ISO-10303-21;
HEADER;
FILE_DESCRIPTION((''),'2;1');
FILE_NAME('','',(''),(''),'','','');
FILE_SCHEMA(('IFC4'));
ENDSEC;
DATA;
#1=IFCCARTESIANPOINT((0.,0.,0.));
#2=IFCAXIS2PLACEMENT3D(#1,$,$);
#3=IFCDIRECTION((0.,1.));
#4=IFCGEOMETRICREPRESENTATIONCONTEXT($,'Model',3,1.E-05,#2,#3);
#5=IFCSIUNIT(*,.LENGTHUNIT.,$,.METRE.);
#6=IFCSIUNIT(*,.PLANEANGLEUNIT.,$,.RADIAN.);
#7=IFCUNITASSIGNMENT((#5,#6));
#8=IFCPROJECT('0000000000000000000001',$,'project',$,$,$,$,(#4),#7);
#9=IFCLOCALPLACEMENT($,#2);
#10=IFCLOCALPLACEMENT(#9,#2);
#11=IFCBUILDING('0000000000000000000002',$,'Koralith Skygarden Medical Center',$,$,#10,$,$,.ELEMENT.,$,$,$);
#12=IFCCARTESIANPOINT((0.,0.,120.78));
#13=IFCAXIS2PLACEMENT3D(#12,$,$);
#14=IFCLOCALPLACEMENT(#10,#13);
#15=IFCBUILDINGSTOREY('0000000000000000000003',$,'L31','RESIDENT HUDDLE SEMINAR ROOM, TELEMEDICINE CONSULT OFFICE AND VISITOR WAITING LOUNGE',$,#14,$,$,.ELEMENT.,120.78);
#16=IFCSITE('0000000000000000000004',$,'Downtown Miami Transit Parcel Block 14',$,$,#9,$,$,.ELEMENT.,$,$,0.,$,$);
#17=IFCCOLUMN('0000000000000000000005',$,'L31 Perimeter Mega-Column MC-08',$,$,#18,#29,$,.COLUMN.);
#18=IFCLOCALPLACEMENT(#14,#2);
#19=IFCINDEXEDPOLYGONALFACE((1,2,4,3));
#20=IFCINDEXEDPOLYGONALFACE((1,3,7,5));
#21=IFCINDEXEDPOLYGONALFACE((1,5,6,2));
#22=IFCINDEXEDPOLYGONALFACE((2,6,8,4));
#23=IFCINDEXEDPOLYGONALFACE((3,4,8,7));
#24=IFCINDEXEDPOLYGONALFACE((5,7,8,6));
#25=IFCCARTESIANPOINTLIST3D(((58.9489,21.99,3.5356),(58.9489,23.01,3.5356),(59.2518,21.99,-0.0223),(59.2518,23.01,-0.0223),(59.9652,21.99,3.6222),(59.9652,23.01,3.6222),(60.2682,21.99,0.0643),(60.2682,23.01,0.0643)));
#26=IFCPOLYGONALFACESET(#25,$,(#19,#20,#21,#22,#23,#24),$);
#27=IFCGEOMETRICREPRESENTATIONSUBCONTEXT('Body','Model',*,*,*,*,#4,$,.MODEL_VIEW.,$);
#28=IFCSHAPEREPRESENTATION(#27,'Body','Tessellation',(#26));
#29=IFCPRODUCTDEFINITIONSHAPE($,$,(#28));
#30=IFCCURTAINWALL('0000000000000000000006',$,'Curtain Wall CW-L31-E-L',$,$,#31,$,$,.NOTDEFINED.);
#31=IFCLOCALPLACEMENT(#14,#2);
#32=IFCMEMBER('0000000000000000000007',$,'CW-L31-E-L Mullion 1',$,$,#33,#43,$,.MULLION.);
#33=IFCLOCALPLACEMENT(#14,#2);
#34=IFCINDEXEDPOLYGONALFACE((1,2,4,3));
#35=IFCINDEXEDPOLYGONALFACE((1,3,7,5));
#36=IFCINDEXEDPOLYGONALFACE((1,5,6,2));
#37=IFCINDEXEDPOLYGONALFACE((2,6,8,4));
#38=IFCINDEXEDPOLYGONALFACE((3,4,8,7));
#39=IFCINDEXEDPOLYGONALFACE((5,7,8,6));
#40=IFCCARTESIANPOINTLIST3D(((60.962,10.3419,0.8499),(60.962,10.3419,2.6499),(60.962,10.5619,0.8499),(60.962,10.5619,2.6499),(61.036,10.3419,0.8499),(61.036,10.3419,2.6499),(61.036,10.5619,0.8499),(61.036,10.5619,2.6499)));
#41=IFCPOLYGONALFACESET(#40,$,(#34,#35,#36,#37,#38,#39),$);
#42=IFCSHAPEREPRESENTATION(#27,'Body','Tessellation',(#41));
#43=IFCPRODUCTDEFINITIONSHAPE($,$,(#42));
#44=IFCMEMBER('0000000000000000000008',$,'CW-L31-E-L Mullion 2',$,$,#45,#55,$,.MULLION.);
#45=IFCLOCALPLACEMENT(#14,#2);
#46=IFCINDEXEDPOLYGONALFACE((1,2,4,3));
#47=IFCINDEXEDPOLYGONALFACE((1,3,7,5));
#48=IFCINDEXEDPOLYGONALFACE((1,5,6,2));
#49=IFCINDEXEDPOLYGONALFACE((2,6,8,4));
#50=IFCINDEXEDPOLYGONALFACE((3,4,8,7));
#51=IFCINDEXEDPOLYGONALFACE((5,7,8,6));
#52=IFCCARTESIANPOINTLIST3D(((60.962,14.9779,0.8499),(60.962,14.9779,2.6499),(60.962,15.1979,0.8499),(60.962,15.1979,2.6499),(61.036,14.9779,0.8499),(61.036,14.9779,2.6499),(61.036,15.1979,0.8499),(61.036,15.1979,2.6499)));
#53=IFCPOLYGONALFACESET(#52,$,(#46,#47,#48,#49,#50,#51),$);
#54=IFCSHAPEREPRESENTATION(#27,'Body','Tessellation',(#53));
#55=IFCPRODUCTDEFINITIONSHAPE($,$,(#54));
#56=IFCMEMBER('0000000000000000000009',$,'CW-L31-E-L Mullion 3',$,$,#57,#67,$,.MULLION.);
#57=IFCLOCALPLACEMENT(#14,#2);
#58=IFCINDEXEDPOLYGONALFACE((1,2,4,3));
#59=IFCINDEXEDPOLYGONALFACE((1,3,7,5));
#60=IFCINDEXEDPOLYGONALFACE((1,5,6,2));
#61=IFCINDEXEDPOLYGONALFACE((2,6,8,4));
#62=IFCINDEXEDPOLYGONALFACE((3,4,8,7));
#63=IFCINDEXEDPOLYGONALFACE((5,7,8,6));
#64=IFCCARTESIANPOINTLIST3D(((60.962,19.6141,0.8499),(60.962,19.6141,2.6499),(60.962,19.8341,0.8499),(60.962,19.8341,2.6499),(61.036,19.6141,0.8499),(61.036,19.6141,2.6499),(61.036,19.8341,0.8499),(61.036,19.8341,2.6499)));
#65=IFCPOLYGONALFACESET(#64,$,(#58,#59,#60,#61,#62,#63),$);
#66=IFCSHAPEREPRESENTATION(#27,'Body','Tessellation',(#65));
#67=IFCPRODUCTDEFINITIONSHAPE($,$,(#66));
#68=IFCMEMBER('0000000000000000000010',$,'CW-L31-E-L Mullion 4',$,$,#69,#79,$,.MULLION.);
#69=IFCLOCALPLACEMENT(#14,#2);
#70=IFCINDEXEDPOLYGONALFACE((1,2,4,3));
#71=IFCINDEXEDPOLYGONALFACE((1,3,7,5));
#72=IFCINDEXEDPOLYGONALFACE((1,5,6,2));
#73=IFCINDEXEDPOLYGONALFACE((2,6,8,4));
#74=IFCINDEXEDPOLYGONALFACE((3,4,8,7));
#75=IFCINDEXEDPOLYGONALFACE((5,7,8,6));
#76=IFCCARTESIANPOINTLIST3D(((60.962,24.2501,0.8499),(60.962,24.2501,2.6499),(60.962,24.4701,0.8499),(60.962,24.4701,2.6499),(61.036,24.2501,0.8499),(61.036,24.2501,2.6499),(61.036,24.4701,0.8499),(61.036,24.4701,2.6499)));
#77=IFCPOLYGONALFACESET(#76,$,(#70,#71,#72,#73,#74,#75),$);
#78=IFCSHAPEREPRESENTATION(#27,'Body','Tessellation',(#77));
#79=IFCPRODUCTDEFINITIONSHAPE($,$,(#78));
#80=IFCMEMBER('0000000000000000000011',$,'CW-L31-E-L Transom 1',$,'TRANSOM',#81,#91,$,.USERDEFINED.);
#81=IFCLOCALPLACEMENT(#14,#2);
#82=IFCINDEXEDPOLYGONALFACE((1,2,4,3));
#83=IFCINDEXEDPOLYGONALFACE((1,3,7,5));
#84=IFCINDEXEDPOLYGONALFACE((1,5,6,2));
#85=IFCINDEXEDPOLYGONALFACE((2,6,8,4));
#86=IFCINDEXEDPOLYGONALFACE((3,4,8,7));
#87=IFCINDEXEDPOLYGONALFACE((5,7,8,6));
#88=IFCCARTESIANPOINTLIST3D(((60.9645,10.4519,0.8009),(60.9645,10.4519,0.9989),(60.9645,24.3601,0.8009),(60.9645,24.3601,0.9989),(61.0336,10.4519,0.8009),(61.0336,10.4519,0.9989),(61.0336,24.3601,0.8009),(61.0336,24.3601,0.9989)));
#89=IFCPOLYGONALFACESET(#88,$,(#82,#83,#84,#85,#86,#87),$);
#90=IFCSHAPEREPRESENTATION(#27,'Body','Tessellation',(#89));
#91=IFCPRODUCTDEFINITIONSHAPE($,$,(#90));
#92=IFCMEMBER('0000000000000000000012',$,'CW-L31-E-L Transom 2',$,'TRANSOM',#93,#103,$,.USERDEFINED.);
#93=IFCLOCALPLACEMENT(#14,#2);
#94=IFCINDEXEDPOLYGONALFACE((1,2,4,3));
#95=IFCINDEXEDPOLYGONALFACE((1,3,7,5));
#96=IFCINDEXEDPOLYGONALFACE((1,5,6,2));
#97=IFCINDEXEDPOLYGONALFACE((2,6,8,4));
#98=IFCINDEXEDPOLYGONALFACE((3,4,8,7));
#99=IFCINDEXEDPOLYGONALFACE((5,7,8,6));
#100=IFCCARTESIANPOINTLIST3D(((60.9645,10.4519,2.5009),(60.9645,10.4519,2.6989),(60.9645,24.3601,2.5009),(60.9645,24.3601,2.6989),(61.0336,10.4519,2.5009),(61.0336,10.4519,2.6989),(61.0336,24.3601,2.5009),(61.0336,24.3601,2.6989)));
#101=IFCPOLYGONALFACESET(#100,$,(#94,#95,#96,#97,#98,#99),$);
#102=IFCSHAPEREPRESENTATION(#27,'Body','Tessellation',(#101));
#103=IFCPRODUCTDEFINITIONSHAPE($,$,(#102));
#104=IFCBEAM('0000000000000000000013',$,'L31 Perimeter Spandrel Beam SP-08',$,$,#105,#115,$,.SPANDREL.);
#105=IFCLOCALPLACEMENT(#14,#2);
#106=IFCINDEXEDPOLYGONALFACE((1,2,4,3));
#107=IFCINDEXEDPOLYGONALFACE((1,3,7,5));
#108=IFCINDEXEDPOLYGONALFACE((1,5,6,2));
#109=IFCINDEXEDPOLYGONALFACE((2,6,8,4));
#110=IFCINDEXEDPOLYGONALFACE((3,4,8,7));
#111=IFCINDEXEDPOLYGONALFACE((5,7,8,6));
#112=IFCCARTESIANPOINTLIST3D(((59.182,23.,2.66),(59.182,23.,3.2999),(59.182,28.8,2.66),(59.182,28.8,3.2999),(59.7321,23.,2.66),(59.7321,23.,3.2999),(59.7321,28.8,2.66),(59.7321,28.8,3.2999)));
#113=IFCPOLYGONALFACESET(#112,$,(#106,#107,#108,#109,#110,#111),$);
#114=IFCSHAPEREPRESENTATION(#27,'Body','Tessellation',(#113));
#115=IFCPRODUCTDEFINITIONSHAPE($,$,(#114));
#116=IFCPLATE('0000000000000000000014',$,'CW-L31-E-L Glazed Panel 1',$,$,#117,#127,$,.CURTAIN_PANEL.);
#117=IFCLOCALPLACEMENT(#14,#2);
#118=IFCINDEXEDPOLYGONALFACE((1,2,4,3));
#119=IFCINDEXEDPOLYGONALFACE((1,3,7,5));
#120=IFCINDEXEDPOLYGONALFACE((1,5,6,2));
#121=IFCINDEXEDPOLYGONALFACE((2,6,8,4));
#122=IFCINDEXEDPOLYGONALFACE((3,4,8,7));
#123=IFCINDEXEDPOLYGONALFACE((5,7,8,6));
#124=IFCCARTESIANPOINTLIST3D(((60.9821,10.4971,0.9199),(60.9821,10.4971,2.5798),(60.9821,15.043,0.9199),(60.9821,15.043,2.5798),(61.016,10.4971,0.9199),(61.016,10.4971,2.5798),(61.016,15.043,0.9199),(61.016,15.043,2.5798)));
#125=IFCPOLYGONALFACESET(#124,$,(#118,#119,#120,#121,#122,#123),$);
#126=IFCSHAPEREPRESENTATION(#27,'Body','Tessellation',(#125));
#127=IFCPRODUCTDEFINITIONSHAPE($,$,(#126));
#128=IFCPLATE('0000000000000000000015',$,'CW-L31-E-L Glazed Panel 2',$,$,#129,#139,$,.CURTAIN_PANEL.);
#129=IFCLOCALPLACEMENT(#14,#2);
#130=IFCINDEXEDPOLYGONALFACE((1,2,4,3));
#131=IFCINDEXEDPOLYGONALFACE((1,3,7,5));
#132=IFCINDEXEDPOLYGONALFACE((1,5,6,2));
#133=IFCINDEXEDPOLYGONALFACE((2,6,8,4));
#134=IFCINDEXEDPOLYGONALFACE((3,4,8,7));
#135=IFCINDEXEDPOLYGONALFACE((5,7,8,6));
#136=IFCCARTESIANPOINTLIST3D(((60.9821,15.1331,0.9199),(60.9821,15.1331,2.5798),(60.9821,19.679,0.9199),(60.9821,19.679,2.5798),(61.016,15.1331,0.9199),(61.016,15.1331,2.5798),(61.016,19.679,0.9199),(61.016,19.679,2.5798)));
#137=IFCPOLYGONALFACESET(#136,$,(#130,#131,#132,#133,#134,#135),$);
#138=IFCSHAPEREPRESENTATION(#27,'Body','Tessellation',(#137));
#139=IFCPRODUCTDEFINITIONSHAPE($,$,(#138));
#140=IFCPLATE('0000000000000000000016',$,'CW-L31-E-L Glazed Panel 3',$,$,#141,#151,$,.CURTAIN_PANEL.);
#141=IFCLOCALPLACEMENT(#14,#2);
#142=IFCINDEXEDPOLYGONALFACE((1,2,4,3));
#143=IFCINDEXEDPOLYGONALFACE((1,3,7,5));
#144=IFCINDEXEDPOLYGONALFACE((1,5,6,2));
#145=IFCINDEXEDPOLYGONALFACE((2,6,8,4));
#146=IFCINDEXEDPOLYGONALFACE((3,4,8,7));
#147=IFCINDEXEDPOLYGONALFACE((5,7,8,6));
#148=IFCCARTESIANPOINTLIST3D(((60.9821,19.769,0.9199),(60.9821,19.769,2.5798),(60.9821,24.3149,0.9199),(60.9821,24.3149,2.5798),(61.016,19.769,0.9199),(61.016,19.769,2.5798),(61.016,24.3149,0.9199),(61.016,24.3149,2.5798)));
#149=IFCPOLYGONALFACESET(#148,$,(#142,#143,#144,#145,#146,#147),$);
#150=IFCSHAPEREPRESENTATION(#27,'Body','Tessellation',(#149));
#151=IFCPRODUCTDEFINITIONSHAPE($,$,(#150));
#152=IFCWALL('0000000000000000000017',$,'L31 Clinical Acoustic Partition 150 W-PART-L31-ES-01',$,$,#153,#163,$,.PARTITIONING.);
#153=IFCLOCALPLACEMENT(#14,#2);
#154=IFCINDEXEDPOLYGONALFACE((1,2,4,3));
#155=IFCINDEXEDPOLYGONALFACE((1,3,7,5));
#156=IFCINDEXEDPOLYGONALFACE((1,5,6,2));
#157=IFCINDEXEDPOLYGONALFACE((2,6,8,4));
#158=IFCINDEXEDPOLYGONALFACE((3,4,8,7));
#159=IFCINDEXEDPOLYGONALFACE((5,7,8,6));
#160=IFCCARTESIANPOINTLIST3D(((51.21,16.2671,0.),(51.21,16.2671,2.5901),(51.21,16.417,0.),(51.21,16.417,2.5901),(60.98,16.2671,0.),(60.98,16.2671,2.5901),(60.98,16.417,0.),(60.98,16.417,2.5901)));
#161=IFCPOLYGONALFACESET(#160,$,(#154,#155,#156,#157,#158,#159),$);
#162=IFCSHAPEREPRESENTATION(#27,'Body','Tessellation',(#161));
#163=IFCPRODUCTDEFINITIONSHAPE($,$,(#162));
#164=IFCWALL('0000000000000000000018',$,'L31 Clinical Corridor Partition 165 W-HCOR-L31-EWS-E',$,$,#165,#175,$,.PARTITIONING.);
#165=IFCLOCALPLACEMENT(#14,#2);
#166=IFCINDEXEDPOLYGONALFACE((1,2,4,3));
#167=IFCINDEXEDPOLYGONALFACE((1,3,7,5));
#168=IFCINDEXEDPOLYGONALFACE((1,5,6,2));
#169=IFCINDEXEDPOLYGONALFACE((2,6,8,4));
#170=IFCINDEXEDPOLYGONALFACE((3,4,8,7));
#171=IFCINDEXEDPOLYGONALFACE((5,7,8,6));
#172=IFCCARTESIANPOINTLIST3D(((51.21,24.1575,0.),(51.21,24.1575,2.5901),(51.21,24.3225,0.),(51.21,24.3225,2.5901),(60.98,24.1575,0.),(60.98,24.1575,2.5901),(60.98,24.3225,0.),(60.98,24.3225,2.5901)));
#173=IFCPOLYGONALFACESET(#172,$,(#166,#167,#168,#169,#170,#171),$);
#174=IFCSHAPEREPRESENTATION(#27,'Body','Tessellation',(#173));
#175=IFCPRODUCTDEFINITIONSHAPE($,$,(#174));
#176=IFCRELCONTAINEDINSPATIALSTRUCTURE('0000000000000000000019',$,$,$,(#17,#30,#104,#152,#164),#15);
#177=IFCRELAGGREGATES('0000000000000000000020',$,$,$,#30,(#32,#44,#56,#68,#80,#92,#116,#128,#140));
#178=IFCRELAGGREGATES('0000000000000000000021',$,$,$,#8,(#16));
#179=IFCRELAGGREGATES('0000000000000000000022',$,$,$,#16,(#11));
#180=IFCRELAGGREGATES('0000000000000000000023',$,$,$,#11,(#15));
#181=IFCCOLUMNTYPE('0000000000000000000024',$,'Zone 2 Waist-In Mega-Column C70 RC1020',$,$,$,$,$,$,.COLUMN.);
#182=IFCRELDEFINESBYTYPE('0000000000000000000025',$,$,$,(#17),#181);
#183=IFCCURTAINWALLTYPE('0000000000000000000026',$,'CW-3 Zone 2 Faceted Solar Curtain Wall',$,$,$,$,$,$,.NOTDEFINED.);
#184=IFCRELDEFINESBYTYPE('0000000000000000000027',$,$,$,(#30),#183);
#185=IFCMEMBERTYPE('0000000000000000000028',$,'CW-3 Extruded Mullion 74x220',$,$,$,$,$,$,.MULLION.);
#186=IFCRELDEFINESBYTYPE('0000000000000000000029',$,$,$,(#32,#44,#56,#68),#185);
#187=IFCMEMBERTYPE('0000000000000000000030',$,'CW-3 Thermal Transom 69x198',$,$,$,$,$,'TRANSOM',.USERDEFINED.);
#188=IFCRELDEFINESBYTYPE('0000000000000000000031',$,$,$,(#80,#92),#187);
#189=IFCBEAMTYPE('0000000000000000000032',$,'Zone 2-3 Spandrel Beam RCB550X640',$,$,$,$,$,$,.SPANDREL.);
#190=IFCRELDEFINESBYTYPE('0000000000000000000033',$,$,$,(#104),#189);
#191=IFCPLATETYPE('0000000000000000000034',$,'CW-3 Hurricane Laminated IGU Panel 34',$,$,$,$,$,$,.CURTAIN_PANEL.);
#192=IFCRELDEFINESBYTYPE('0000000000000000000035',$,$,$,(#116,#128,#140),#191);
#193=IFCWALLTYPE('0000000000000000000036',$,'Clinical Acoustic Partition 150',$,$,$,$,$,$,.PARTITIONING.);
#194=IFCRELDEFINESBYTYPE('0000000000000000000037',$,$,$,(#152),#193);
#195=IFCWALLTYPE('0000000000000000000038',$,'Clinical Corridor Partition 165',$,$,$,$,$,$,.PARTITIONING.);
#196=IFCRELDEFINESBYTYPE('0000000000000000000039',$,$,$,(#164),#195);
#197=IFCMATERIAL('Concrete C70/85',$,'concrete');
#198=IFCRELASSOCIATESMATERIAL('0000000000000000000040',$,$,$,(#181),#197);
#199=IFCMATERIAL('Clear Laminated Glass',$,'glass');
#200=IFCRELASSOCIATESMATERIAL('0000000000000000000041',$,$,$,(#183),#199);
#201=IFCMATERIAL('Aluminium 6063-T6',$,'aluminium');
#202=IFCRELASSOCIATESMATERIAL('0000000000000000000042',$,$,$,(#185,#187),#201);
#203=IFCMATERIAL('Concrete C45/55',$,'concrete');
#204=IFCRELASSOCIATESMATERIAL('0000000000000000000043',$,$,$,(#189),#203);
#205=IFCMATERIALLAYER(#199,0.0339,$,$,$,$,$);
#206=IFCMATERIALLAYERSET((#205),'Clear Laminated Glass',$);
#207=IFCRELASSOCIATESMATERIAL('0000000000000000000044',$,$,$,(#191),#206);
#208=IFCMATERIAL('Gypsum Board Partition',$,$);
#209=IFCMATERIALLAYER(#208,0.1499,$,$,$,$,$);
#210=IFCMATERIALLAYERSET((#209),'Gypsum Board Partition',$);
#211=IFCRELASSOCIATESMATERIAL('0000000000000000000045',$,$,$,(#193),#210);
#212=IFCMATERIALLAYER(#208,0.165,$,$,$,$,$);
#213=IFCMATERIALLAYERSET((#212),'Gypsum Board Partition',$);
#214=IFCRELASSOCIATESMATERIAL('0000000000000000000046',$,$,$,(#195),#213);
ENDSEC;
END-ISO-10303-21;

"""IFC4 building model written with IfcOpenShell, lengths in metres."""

from ifc_helpers import new_model, si_unit, direction, frame, frame_2d, origin, origin_2d, place, context, subcontext, project, spatial, rectangle, extrude, material, layer, layer_set, material_profile, profile_set, type_object, element, aggregate, save


model = new_model("IFC4")

# Units and contexts
model_context = context("Model", 3, precision=1e-05, world=origin(), true_north=direction((0.0, 1.0)))
body_context = subcontext(model_context, "Body", "Model", "MODEL_VIEW")
ifc_project = project(units=[si_unit("LENGTHUNIT", "METRE"), si_unit("PLANEANGLEUNIT", "RADIAN")], contexts=[model_context])

# Site, building, storey
site_placement = place(None, origin())
site = spatial("IfcSite", under=ifc_project, at=site_placement, Name="Downtown Miami Transit Parcel Block 14", CompositionType="ELEMENT", RefElevation=0.0)
building_placement = place(site_placement, origin())
building = spatial("IfcBuilding", under=site, at=building_placement, Name="Koralith Skygarden Medical Center", CompositionType="ELEMENT")
storey_placement = place(building_placement, frame((0.0, 0.0, 120.78)))
storey = spatial("IfcBuildingStorey", under=building, at=storey_placement, Name="L31", Description="RESIDENT HUDDLE SEMINAR ROOM, TELEMEDICINE CONSULT OFFICE AND VISITOR WAITING LOUNGE", CompositionType="ELEMENT", Elevation=120.78)

# Column
ifc_material_1 = material(Name="Concrete C70/85", Category="concrete")
ifc_material_profile_1 = material_profile(ifc_material_1, rectangle(XDim=1.02, YDim=1.02, at=origin_2d()), Name="RC1020X1020")
ifc_profile_set_1 = profile_set([ifc_material_profile_1], Name="Concrete C70/85")
column_type = type_object("IfcColumnType", Name="Zone 2 Waist-In Mega-Column C70 RC1020", PredefinedType="COLUMN", material=ifc_profile_set_1)
column_placement = place(storey_placement, frame((59.76, 22.5, 0.021), z_axis=(-0.08485, 0.0, 0.996394), x_axis=(0.0, -1.0, 0.0)))
element("IfcColumn", 1, at=column_placement, inside=storey, type_object=column_type, Name="L31 Perimeter Mega-Column MC-08", PredefinedType="COLUMN", context=body_context, shape_type="SweptSolid", body=[
    extrude(rectangle(XDim=1.02, YDim=1.02, at=origin_2d()), origin(), (0.0, 0.0, 1.0), 3.5708),
])

# Curtain wall, members
ifc_material_2 = material(Name="Clear Laminated Glass", Category="glass")
curtain_wall_type = type_object("IfcCurtainWallType", Name="CW-3 Zone 2 Faceted Solar Curtain Wall", PredefinedType="NOTDEFINED", material=ifc_material_2)
curtain_wall_placement = place(storey_placement, origin())
curtain_wall = element("IfcCurtainWall", 2, at=curtain_wall_placement, inside=storey, type_object=curtain_wall_type, Name="Curtain Wall CW-L31-E-L", PredefinedType="NOTDEFINED")
ifc_material_3 = material(Name="Aluminium 6063-T6", Category="aluminium")
ifc_material_profile_2 = material_profile(ifc_material_3, rectangle(XDim=0.074, YDim=0.22, at=origin_2d()), Name="MUL74X220")
ifc_profile_set_2 = profile_set([ifc_material_profile_2], Name="Aluminium 6063-T6")
member_type_1 = type_object("IfcMemberType", Name="CW-3 Extruded Mullion 74x220", PredefinedType="MULLION", material=ifc_profile_set_2)
member_1_placement = place(storey_placement, frame((60.999, 10.4519, 0.8499), z_axis=(0.0, 0.0, 1.0), x_axis=(1.0, 0.0, 0.0)))
member_1 = element("IfcMember", 3, at=member_1_placement, type_object=member_type_1, Name="CW-L31-E-L Mullion 1", PredefinedType="MULLION", context=body_context, shape_type="SweptSolid", body=[
    extrude(rectangle(XDim=0.074, YDim=0.22, at=origin_2d()), origin(), (0.0, 0.0, 1.0), 1.8),
])
member_2_placement = place(storey_placement, frame((60.999, 15.0879, 0.8499), z_axis=(0.0, 0.0, 1.0), x_axis=(1.0, 0.0, 0.0)))
member_2 = element("IfcMember", 4, at=member_2_placement, type_object=member_type_1, Name="CW-L31-E-L Mullion 2", PredefinedType="MULLION", context=body_context, shape_type="SweptSolid", body=[
    extrude(rectangle(XDim=0.074, YDim=0.22, at=origin_2d()), origin(), (0.0, 0.0, 1.0), 1.8),
])
member_3_placement = place(storey_placement, frame((60.999, 19.7241, 0.8499), z_axis=(0.0, 0.0, 1.0), x_axis=(1.0, 0.0, 0.0)))
member_3 = element("IfcMember", 5, at=member_3_placement, type_object=member_type_1, Name="CW-L31-E-L Mullion 3", PredefinedType="MULLION", context=body_context, shape_type="SweptSolid", body=[
    extrude(rectangle(XDim=0.074, YDim=0.22, at=origin_2d()), origin(), (0.0, 0.0, 1.0), 1.8),
])
member_4_placement = place(storey_placement, frame((60.999, 24.3601, 0.8499), z_axis=(0.0, 0.0, 1.0), x_axis=(1.0, 0.0, 0.0)))
member_4 = element("IfcMember", 6, at=member_4_placement, type_object=member_type_1, Name="CW-L31-E-L Mullion 4", PredefinedType="MULLION", context=body_context, shape_type="SweptSolid", body=[
    extrude(rectangle(XDim=0.074, YDim=0.22, at=origin_2d()), origin(), (0.0, 0.0, 1.0), 1.8),
])
ifc_material_profile_3 = material_profile(ifc_material_3, rectangle(XDim=0.0691, YDim=0.198, at=origin_2d()), Name="TRN69X198")
ifc_profile_set_3 = profile_set([ifc_material_profile_3], Name="Aluminium 6063-T6")
member_type_2 = type_object("IfcMemberType", Name="CW-3 Thermal Transom 69x198", ElementType="TRANSOM", PredefinedType="USERDEFINED", material=ifc_profile_set_3)
member_5_placement = place(storey_placement, frame((60.999, 10.4519, 0.8999), z_axis=(0.0, 1.0, 0.0), x_axis=(-1.0, 0.0, 0.0)))
member_5 = element("IfcMember", 7, at=member_5_placement, type_object=member_type_2, Name="CW-L31-E-L Transom 1", ObjectType="TRANSOM", PredefinedType="USERDEFINED", context=body_context, shape_type="SweptSolid", body=[
    extrude(rectangle(XDim=0.0691, YDim=0.198, at=origin_2d()), origin(), (0.0, 0.0, 1.0), 13.9082),
])
member_6_placement = place(storey_placement, frame((60.999, 10.4519, 2.5999), z_axis=(0.0, 1.0, 0.0), x_axis=(-1.0, 0.0, 0.0)))
member_6 = element("IfcMember", 8, at=member_6_placement, type_object=member_type_2, Name="CW-L31-E-L Transom 2", ObjectType="TRANSOM", PredefinedType="USERDEFINED", context=body_context, shape_type="SweptSolid", body=[
    extrude(rectangle(XDim=0.0691, YDim=0.198, at=origin_2d()), origin(), (0.0, 0.0, 1.0), 13.9082),
])

# Beam
ifc_material_4 = material(Name="Concrete C45/55", Category="concrete")
ifc_material_profile_4 = material_profile(ifc_material_4, rectangle(XDim=0.55, YDim=0.6399, at=origin_2d()), Name="RCB550X640")
ifc_profile_set_4 = profile_set([ifc_material_profile_4], Name="Concrete C45/55")
beam_type = type_object("IfcBeamType", Name="Zone 2-3 Spandrel Beam RCB550X640", PredefinedType="SPANDREL", material=ifc_profile_set_4)
beam_placement = place(storey_placement, frame((59.457, 23.0, 2.98), z_axis=(0.0, 1.0, 0.0), x_axis=(-1.0, 0.0, 0.0)))
element("IfcBeam", 9, at=beam_placement, inside=storey, type_object=beam_type, Name="L31 Perimeter Spandrel Beam SP-08", PredefinedType="SPANDREL", context=body_context, shape_type="SweptSolid", body=[
    extrude(rectangle(XDim=0.55, YDim=0.6399, at=origin_2d()), origin(), (0.0, 0.0, 1.0), 5.8),
])

# Plates
ifc_layer_1 = layer(ifc_material_2, 0.0339)
ifc_layer_set_1 = layer_set([ifc_layer_1], Name="Clear Laminated Glass")
plate_type = type_object("IfcPlateType", Name="CW-3 Hurricane Laminated IGU Panel 34", PredefinedType="CURTAIN_PANEL", material=ifc_layer_set_1)
plate_1_placement = place(storey_placement, frame((60.999, 12.77, 0.9199), z_axis=(0.0, 0.0, 1.0), x_axis=(0.0, 1.0, 0.0)))
plate_1 = element("IfcPlate", 10, at=plate_1_placement, type_object=plate_type, Name="CW-L31-E-L Glazed Panel 1", PredefinedType="CURTAIN_PANEL", context=body_context, shape_type="SweptSolid", body=[
    extrude(rectangle(XDim=4.5459, YDim=0.0339, at=origin_2d()), origin(), (0.0, 0.0, 1.0), 1.6599),
])
plate_2_placement = place(storey_placement, frame((60.999, 17.406, 0.9199), z_axis=(0.0, 0.0, 1.0), x_axis=(0.0, 1.0, 0.0)))
plate_2 = element("IfcPlate", 11, at=plate_2_placement, type_object=plate_type, Name="CW-L31-E-L Glazed Panel 2", PredefinedType="CURTAIN_PANEL", context=body_context, shape_type="SweptSolid", body=[
    extrude(rectangle(XDim=4.5459, YDim=0.0339, at=origin_2d()), origin(), (0.0, 0.0, 1.0), 1.6599),
])
plate_3_placement = place(storey_placement, frame((60.999, 22.042, 0.9199), z_axis=(0.0, 0.0, 1.0), x_axis=(0.0, 1.0, 0.0)))
plate_3 = element("IfcPlate", 12, at=plate_3_placement, type_object=plate_type, Name="CW-L31-E-L Glazed Panel 3", PredefinedType="CURTAIN_PANEL", context=body_context, shape_type="SweptSolid", body=[
    extrude(rectangle(XDim=4.5459, YDim=0.0339, at=origin_2d()), origin(), (0.0, 0.0, 1.0), 1.6599),
])
aggregate(curtain_wall, [member_1, member_2, member_3, member_4, member_5, member_6, plate_1, plate_2, plate_3])

# Walls
ifc_material_5 = material(Name="Gypsum Board Partition")
ifc_layer_2 = layer(ifc_material_5, 0.1499)
ifc_layer_set_2 = layer_set([ifc_layer_2], Name="Gypsum Board Partition")
wall_type_1 = type_object("IfcWallType", Name="Clinical Acoustic Partition 150", PredefinedType="PARTITIONING", material=ifc_layer_set_2)
wall_1_placement = place(storey_placement, frame((51.21, 16.342, 0.0), z_axis=(0.0, 0.0, 1.0), x_axis=(1.0, 0.0, 0.0)))
element("IfcWall", 13, at=wall_1_placement, inside=storey, type_object=wall_type_1, Name="L31 Clinical Acoustic Partition 150 W-PART-L31-ES-01", PredefinedType="PARTITIONING", context=body_context, shape_type="SweptSolid", body=[
    extrude(rectangle(XDim=9.77, YDim=0.1499, at=frame_2d((4.885, 0.0))), origin(), (0.0, 0.0, 1.0), 2.5901),
])
ifc_layer_3 = layer(ifc_material_5, 0.165)
ifc_layer_set_3 = layer_set([ifc_layer_3], Name="Gypsum Board Partition")
wall_type_2 = type_object("IfcWallType", Name="Clinical Corridor Partition 165", PredefinedType="PARTITIONING", material=ifc_layer_set_3)
wall_2_placement = place(storey_placement, frame((51.21, 24.24, 0.0), z_axis=(0.0, 0.0, 1.0), x_axis=(1.0, 0.0, 0.0)))
element("IfcWall", 14, at=wall_2_placement, inside=storey, type_object=wall_type_2, Name="L31 Clinical Corridor Partition 165 W-HCOR-L31-EWS-E", PredefinedType="PARTITIONING", context=body_context, shape_type="SweptSolid", body=[
    extrude(rectangle(XDim=9.77, YDim=0.165, at=frame_2d((4.885, 0.0))), origin(), (0.0, 0.0, 1.0), 2.5901),
])

save(model, "model.ifc")
